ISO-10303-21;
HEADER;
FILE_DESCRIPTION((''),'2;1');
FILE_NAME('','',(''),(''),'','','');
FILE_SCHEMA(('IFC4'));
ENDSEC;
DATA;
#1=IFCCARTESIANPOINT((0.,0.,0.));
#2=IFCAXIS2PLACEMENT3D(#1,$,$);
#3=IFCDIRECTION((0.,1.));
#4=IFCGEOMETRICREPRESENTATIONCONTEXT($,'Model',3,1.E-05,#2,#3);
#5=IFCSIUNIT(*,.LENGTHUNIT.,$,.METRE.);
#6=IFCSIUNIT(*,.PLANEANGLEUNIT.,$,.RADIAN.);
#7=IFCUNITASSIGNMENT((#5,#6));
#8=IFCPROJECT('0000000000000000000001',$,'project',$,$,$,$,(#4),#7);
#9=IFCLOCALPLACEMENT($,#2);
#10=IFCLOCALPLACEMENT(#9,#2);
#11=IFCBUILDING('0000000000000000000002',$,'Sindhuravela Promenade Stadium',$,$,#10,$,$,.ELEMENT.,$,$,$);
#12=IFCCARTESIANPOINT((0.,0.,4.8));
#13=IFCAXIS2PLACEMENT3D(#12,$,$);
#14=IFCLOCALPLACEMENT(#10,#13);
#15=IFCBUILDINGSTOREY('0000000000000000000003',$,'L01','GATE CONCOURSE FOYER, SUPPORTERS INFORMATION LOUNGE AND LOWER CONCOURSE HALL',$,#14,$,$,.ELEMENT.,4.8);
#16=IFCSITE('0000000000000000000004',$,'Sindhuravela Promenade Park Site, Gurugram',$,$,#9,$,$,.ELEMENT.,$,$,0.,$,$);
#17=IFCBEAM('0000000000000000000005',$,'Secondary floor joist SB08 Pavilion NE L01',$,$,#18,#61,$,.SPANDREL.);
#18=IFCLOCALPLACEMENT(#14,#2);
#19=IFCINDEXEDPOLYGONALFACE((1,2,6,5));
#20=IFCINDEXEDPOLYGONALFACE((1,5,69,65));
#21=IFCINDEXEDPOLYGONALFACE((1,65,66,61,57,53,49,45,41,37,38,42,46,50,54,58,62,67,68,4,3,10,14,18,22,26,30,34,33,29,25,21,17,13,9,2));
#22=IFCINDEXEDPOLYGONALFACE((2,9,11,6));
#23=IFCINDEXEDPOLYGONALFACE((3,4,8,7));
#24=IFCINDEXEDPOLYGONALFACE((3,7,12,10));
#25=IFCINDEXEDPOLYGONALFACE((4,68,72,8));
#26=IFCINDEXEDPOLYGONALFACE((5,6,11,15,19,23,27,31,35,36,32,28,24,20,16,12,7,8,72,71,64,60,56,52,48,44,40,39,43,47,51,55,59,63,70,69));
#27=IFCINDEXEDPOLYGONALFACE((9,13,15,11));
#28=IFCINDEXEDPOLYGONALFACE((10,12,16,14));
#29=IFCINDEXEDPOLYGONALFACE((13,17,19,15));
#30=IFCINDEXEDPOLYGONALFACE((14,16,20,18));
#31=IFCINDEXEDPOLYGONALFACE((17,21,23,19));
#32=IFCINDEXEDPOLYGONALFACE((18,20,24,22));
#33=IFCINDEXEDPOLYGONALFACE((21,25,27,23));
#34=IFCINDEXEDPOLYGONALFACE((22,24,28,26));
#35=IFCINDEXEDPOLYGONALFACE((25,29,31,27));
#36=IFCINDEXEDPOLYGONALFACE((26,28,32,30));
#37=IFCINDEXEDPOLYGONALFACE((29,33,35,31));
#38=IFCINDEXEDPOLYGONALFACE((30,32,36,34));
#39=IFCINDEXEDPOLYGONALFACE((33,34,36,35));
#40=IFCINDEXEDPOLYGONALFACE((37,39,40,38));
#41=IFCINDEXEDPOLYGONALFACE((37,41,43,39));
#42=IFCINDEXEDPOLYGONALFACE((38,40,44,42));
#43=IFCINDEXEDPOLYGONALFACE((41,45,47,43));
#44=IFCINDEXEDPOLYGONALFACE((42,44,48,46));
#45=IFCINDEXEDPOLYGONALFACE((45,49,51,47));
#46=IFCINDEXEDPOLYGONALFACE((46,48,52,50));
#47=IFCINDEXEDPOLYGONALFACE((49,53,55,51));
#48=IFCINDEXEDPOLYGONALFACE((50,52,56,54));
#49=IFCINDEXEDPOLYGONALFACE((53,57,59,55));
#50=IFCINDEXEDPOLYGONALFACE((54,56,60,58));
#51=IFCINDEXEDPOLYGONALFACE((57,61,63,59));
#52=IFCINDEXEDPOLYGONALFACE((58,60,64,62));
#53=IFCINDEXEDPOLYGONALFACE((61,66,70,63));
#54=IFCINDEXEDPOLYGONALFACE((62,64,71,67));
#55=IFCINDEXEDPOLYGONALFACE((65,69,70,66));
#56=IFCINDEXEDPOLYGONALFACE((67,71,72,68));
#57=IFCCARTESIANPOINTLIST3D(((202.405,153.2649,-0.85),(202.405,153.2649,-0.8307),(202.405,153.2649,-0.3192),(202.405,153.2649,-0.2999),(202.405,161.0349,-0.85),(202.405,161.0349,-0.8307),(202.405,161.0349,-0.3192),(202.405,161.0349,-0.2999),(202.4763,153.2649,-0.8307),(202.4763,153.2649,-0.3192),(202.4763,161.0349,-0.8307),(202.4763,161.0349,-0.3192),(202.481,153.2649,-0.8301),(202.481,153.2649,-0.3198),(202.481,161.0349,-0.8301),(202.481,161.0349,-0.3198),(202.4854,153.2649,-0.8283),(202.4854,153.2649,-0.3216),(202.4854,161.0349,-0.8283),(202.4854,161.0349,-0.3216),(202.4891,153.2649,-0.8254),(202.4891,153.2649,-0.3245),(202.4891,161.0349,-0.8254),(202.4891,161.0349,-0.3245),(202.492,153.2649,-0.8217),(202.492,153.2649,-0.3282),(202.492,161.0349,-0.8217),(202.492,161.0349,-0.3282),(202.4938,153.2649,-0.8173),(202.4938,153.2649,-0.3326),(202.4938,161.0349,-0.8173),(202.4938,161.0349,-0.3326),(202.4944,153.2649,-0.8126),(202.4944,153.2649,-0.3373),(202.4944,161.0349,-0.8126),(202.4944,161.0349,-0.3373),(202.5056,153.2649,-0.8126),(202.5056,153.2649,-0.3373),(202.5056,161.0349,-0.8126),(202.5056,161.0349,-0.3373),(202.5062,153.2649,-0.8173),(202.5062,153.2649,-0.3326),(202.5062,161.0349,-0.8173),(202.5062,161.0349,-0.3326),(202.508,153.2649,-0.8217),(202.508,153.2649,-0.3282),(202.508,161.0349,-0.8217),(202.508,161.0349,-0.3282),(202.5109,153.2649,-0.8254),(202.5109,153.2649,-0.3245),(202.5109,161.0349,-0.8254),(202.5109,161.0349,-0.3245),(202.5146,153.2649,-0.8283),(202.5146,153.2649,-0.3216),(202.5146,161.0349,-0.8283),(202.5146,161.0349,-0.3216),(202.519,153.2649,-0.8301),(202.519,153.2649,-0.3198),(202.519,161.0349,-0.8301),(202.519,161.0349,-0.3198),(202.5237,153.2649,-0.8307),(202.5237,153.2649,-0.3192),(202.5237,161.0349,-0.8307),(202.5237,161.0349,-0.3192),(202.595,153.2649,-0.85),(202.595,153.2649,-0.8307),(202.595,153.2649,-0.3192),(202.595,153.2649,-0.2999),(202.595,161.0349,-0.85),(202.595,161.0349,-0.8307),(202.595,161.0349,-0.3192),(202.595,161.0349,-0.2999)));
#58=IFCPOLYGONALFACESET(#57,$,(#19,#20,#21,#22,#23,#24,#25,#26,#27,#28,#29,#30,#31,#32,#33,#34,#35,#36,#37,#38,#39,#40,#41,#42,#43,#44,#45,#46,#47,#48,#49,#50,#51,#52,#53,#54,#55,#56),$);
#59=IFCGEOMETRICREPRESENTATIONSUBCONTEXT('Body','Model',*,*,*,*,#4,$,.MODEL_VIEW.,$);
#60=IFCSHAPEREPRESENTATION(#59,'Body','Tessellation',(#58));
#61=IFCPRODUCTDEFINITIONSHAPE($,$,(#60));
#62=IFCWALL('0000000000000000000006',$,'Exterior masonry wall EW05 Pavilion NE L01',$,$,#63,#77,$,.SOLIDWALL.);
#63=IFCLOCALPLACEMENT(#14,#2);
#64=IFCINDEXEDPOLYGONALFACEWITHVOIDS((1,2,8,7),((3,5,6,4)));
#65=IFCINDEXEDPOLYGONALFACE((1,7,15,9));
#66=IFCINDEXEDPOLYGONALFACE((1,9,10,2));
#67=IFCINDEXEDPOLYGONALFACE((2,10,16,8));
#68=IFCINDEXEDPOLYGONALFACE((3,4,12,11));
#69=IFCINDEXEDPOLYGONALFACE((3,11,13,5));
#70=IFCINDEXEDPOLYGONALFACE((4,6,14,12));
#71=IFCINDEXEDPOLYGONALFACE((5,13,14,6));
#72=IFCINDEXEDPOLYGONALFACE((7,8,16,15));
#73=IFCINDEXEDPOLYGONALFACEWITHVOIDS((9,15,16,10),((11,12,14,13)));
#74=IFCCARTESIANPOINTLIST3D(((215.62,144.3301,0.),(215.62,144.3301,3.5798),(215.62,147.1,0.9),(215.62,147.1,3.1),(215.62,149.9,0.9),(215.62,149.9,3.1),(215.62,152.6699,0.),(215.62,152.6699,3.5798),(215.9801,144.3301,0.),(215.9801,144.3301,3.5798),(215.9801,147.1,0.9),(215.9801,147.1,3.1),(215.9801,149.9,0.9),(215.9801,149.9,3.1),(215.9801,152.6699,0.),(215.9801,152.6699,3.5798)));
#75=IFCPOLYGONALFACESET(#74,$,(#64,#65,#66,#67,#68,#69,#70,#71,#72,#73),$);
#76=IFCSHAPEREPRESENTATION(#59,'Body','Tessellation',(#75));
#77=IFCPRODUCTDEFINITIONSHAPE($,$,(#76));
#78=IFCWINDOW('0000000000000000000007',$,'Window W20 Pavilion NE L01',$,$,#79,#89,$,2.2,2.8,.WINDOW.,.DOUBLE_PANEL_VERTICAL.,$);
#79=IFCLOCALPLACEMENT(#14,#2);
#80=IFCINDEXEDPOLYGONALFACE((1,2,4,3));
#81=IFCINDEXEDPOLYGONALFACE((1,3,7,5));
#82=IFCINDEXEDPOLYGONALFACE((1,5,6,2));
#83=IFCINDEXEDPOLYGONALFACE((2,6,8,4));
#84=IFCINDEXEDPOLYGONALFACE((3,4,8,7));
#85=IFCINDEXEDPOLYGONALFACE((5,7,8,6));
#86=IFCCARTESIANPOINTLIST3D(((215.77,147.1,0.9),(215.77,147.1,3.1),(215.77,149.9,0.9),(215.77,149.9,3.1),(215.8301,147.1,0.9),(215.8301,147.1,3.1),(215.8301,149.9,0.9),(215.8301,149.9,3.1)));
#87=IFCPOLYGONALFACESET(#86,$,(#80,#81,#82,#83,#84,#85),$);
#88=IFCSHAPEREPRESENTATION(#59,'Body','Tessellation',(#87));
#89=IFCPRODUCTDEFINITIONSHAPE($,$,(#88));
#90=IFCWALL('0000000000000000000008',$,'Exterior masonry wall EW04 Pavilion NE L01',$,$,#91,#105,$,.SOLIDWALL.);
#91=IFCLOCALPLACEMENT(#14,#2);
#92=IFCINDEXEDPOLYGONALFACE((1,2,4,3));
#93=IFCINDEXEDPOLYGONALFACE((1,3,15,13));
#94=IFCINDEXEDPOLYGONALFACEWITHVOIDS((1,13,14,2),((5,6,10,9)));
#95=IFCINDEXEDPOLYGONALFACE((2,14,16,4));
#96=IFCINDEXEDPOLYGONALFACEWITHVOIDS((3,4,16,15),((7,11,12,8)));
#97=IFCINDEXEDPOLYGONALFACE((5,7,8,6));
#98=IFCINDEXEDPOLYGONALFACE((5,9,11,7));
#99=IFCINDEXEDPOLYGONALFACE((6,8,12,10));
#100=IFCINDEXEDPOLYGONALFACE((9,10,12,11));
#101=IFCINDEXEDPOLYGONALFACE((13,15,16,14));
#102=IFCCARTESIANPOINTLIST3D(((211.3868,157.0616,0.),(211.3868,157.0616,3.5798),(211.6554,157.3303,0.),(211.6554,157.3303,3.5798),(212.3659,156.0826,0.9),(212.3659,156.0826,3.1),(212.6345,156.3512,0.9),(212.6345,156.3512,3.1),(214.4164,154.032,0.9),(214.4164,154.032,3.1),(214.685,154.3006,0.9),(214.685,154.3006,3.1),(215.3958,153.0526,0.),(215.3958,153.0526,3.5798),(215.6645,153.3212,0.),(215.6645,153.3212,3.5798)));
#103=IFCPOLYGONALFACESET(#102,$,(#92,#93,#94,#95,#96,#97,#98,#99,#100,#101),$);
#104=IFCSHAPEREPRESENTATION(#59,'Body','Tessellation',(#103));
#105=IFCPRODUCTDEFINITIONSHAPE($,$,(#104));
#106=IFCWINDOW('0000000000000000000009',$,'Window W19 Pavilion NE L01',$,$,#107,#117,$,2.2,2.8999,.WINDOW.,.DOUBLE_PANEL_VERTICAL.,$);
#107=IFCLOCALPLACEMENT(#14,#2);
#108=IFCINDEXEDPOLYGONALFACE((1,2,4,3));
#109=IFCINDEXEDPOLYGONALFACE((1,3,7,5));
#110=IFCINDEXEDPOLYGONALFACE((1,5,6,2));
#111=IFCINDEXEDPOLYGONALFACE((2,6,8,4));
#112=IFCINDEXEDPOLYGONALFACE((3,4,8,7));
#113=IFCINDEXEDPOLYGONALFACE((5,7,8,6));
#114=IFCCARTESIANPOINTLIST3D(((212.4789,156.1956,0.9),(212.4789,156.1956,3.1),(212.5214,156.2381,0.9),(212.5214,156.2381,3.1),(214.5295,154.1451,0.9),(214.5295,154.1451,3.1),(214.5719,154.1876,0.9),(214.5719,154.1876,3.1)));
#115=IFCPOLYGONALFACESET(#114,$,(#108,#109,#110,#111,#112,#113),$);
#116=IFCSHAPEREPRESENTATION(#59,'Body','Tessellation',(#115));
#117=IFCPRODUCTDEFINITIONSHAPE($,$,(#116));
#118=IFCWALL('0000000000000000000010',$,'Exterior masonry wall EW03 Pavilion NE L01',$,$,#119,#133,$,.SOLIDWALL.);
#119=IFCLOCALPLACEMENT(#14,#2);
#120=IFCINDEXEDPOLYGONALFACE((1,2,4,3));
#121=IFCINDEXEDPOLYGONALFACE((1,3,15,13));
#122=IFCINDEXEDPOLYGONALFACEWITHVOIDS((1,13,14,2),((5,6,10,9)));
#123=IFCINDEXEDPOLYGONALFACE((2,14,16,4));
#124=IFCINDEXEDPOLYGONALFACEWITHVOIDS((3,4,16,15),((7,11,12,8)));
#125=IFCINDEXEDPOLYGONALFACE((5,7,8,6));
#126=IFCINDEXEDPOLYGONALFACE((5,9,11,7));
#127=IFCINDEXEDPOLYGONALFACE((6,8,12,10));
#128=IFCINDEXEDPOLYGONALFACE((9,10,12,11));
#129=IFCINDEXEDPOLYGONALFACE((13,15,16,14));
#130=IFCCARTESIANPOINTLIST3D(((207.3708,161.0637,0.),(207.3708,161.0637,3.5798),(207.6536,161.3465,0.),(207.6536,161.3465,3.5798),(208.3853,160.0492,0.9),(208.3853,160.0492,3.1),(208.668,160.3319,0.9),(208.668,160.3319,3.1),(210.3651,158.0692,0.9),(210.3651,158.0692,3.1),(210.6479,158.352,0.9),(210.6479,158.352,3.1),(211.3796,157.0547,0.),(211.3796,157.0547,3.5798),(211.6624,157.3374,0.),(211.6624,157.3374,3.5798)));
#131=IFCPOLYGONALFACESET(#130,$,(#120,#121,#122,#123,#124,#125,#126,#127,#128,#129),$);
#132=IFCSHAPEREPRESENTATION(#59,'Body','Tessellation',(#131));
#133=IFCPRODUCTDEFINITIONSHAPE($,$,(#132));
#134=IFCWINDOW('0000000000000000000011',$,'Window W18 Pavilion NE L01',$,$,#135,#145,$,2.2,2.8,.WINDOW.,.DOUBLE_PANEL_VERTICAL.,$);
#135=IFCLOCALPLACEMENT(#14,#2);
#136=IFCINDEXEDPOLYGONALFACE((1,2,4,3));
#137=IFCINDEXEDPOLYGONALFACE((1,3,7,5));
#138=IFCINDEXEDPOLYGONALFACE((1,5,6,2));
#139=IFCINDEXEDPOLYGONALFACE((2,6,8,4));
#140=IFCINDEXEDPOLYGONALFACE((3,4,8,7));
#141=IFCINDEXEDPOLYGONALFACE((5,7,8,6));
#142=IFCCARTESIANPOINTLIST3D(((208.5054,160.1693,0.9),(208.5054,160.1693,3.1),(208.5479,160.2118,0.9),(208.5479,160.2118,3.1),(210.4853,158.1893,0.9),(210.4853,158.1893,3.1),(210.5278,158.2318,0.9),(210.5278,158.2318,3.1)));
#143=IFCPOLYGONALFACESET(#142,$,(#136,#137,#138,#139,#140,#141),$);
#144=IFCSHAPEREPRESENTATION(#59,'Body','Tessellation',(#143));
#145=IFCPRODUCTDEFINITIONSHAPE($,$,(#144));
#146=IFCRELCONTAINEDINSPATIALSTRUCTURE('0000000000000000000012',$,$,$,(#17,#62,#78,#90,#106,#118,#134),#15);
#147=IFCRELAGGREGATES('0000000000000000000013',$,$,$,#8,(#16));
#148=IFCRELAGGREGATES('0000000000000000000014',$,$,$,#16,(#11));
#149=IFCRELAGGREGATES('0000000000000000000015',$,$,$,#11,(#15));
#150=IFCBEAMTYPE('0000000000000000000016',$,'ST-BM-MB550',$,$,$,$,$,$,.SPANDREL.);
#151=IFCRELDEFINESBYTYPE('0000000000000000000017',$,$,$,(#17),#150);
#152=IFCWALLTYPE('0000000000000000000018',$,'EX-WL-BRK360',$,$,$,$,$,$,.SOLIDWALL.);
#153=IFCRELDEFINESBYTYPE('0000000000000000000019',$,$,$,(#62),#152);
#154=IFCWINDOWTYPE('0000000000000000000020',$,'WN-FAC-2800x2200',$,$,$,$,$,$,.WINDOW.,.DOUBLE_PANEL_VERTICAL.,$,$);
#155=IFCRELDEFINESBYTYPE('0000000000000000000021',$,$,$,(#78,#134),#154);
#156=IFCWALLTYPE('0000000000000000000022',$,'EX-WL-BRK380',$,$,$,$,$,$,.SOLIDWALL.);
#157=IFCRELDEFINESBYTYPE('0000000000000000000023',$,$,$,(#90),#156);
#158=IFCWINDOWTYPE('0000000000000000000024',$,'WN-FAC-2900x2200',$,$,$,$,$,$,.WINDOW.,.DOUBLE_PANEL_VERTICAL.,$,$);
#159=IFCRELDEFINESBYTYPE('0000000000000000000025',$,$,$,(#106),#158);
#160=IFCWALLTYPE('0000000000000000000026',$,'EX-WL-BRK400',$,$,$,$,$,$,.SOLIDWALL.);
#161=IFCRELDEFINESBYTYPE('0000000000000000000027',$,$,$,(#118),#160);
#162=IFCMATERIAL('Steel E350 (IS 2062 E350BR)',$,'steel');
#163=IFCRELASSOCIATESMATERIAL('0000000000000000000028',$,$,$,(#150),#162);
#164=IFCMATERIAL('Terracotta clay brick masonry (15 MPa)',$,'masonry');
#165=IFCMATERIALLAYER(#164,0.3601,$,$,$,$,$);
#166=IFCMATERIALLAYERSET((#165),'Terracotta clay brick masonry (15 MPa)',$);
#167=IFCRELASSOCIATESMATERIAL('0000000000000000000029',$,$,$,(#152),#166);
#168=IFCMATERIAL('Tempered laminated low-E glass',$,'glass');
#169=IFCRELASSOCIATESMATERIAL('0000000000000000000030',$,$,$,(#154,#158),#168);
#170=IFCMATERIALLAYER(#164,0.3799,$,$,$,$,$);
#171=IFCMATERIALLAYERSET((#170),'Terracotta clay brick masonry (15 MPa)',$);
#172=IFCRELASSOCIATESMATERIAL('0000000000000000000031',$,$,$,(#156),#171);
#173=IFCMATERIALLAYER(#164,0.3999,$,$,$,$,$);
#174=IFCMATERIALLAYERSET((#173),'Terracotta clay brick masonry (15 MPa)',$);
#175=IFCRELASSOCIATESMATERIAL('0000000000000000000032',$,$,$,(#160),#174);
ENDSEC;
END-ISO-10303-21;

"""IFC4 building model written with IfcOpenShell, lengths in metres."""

from ifc_helpers import new_model, si_unit, direction, frame, frame_2d, origin, origin_2d, place, context, subcontext, project, spatial, rectangle, i_section, extrude, material, layer, layer_set, material_profile, profile_set, type_object, element, fill, save


model = new_model("IFC4")

# Units and contexts
model_context = context("Model", 3, precision=1e-05, world=origin(), true_north=direction((0.0, 1.0)))
body_context = subcontext(model_context, "Body", "Model", "MODEL_VIEW")
ifc_project = project(units=[si_unit("LENGTHUNIT", "METRE"), si_unit("PLANEANGLEUNIT", "RADIAN")], contexts=[model_context])

# Site, building, storey
site_placement = place(None, origin())
site = spatial("IfcSite", under=ifc_project, at=site_placement, Name="Sindhuravela Promenade Park Site, Gurugram", CompositionType="ELEMENT", RefElevation=0.0)
building_placement = place(site_placement, origin())
building = spatial("IfcBuilding", under=site, at=building_placement, Name="Sindhuravela Promenade Stadium", CompositionType="ELEMENT")
storey_placement = place(building_placement, frame((0.0, 0.0, 4.8)))
storey = spatial("IfcBuildingStorey", under=building, at=storey_placement, Name="L01", Description="GATE CONCOURSE FOYER, SUPPORTERS INFORMATION LOUNGE AND LOWER CONCOURSE HALL", CompositionType="ELEMENT", Elevation=4.8)

# Beam
ifc_material_1 = material(Name="Steel E350 (IS 2062 E350BR)", Category="steel")
ifc_material_profile_1 = material_profile(ifc_material_1, i_section(OverallWidth=0.1899, OverallDepth=0.55, WebThickness=0.0112, FlangeThickness=0.0193, FilletRadius=0.0181, at=origin_2d()), Name="ISMB 550")
ifc_profile_set_1 = profile_set([ifc_material_profile_1], Name="Steel E350 (IS 2062 E350BR)")
beam_type_1 = type_object("IfcBeamType", Name="ST-BM-MB550", PredefinedType="SPANDREL", material=ifc_profile_set_1)
beam_1_placement = place(storey_placement, frame((202.5, 153.2649, -0.575), z_axis=(0.0, 1.0, 0.0), x_axis=(-1.0, 0.0, 0.0)))
element("IfcBeam", 1, at=beam_1_placement, inside=storey, type_object=beam_type_1, Name="Secondary floor joist SB08 Pavilion NE L01", PredefinedType="SPANDREL", context=body_context, shape_type="SweptSolid", body=[
    extrude(i_section(OverallWidth=0.1899, OverallDepth=0.55, WebThickness=0.0112, FlangeThickness=0.0193, FilletRadius=0.0181, at=origin_2d()), origin(), (0.0, 0.0, 1.0), 7.77),
])

# Walls, openings, windows
ifc_material_2 = material(Name="Terracotta clay brick masonry (15 MPa)", Category="masonry")
ifc_layer_1 = layer(ifc_material_2, 0.3601)
ifc_layer_set_1 = layer_set([ifc_layer_1], Name="Terracotta clay brick masonry (15 MPa)")
wall_type_1 = type_object("IfcWallType", Name="EX-WL-BRK360", PredefinedType="SOLIDWALL", material=ifc_layer_set_1)
wall_1_placement = place(storey_placement, frame((215.8, 152.6699, 0.0), z_axis=(0.0, 0.0, 1.0), x_axis=(0.0, -1.0, 0.0)))
wall_1 = element("IfcWall", 2, at=wall_1_placement, inside=storey, type_object=wall_type_1, Name="Exterior masonry wall EW05 Pavilion NE L01", PredefinedType="SOLIDWALL", context=body_context, shape_type="SweptSolid", body=[
    extrude(rectangle(XDim=8.3398, YDim=0.3601, at=frame_2d((4.1699, 0.0))), origin(), (0.0, 0.0, 1.0), 3.5798),
])
opening_1_placement = place(wall_1_placement, frame((2.77, 0.0, 0.8999)))
opening_1 = element("IfcOpeningElement", 3, at=opening_1_placement, cuts=wall_1, PredefinedType="OPENING", context=body_context, shape_type="SweptSolid", body=[
    extrude(rectangle(XDim=2.8, YDim=2.2, at=frame_2d((1.3999, 1.1001))), frame((0.0, 0.1899, 0.0), z_axis=(0.0, -1.0, 0.0), x_axis=(1.0, 0.0, 0.0)), (0.0, 0.0, 1.0), 0.3801),
])
ifc_material_3 = material(Name="Tempered laminated low-E glass", Category="glass")
window_type_1 = type_object("IfcWindowType", Name="WN-FAC-2800x2200", PartitioningType="DOUBLE_PANEL_VERTICAL", PredefinedType="WINDOW", material=ifc_material_3)
window_1_placement = place(opening_1_placement, origin())
window_1 = element("IfcWindow", 4, at=window_1_placement, inside=storey, type_object=window_type_1, Name="Window W20 Pavilion NE L01", OverallHeight=2.2, OverallWidth=2.8, PartitioningType="DOUBLE_PANEL_VERTICAL", PredefinedType="WINDOW", context=body_context, shape_type="SweptSolid", body=[
    extrude(rectangle(XDim=2.8, YDim=2.2, at=frame_2d((1.3999, 1.1001))), frame((0.0, 0.03, 0.0), z_axis=(0.0, -1.0, 0.0), x_axis=(1.0, 0.0, 0.0)), (0.0, 0.0, 1.0), 0.0601),
])
fill(opening_1, window_1)
ifc_layer_2 = layer(ifc_material_2, 0.3799)
ifc_layer_set_2 = layer_set([ifc_layer_2], Name="Terracotta clay brick masonry (15 MPa)")
wall_type_2 = type_object("IfcWallType", Name="EX-WL-BRK380", PredefinedType="SOLIDWALL", material=ifc_layer_set_2)
wall_2_placement = place(storey_placement, frame((211.521, 157.196, 0.0), z_axis=(0.0, 0.0, 1.0), x_axis=(0.707107, -0.707107, 0.0)))
wall_2 = element("IfcWall", 5, at=wall_2_placement, inside=storey, type_object=wall_type_2, Name="Exterior masonry wall EW04 Pavilion NE L01", PredefinedType="SOLIDWALL", context=body_context, shape_type="SweptSolid", body=[
    extrude(rectangle(XDim=5.6697, YDim=0.3799, at=frame_2d((2.835, 0.0))), origin(), (0.0, 0.0, 1.0), 3.5798),
])
opening_2_placement = place(wall_2_placement, frame((1.3848, 0.0, 0.8999)))
opening_2 = element("IfcOpeningElement", 6, at=opening_2_placement, cuts=wall_2, PredefinedType="OPENING", context=body_context, shape_type="SweptSolid", body=[
    extrude(rectangle(XDim=2.8999, YDim=2.2, at=frame_2d((1.45, 1.1001))), frame((0.0, 0.2, 0.0), z_axis=(0.0, -1.0, 0.0), x_axis=(1.0, 0.0, 0.0)), (0.0, 0.0, 1.0), 0.3999),
])
window_type_2 = type_object("IfcWindowType", Name="WN-FAC-2900x2200", PartitioningType="DOUBLE_PANEL_VERTICAL", PredefinedType="WINDOW", material=ifc_material_3)
window_2_placement = place(opening_2_placement, origin())
window_2 = element("IfcWindow", 7, at=window_2_placement, inside=storey, type_object=window_type_2, Name="Window W19 Pavilion NE L01", OverallHeight=2.2, OverallWidth=2.8999, PartitioningType="DOUBLE_PANEL_VERTICAL", PredefinedType="WINDOW", context=body_context, shape_type="SweptSolid", body=[
    extrude(rectangle(XDim=2.8999, YDim=2.2, at=frame_2d((1.45, 1.1001))), frame((0.0, 0.03, 0.0), z_axis=(0.0, -1.0, 0.0), x_axis=(1.0, 0.0, 0.0)), (0.0, 0.0, 1.0), 0.0601),
])
fill(opening_2, window_2)
ifc_layer_3 = layer(ifc_material_2, 0.3999)
ifc_layer_set_3 = layer_set([ifc_layer_3], Name="Terracotta clay brick masonry (15 MPa)")
wall_type_3 = type_object("IfcWallType", Name="EX-WL-BRK400", PredefinedType="SOLIDWALL", material=ifc_layer_set_3)
wall_3_placement = place(storey_placement, frame((207.5122, 161.2051, 0.0), z_axis=(0.0, 0.0, 1.0), x_axis=(0.707085, -0.707128, 0.0)))
wall_3 = element("IfcWall", 8, at=wall_3_placement, inside=storey, type_object=wall_type_3, Name="Exterior masonry wall EW03 Pavilion NE L01", PredefinedType="SOLIDWALL", context=body_context, shape_type="SweptSolid", body=[
    extrude(rectangle(XDim=5.6694, YDim=0.3999, at=frame_2d((2.8347, 0.0))), origin(), (0.0, 0.0, 1.0), 3.5798),
])
opening_3_placement = place(wall_3_placement, frame((1.4348, 0.0, 0.8999)))
opening_3 = element("IfcOpeningElement", 9, at=opening_3_placement, cuts=wall_3, PredefinedType="OPENING", context=body_context, shape_type="SweptSolid", body=[
    extrude(rectangle(XDim=2.8, YDim=2.2, at=frame_2d((1.3999, 1.1001))), frame((0.0, 0.21, 0.0), z_axis=(0.0, -1.0, 0.0), x_axis=(1.0, 0.0, 0.0)), (0.0, 0.0, 1.0), 0.4199),
])
window_3_placement = place(opening_3_placement, origin())
window_3 = element("IfcWindow", 10, at=window_3_placement, inside=storey, type_object=window_type_1, Name="Window W18 Pavilion NE L01", OverallHeight=2.2, OverallWidth=2.8, PartitioningType="DOUBLE_PANEL_VERTICAL", PredefinedType="WINDOW", context=body_context, shape_type="SweptSolid", body=[
    extrude(rectangle(XDim=2.8, YDim=2.2, at=frame_2d((1.3999, 1.1001))), frame((0.0, 0.03, 0.0), z_axis=(0.0, -1.0, 0.0), x_axis=(1.0, 0.0, 0.0)), (0.0, 0.0, 1.0), 0.0601),
])
fill(opening_3, window_3)

save(model, "model.ifc")
